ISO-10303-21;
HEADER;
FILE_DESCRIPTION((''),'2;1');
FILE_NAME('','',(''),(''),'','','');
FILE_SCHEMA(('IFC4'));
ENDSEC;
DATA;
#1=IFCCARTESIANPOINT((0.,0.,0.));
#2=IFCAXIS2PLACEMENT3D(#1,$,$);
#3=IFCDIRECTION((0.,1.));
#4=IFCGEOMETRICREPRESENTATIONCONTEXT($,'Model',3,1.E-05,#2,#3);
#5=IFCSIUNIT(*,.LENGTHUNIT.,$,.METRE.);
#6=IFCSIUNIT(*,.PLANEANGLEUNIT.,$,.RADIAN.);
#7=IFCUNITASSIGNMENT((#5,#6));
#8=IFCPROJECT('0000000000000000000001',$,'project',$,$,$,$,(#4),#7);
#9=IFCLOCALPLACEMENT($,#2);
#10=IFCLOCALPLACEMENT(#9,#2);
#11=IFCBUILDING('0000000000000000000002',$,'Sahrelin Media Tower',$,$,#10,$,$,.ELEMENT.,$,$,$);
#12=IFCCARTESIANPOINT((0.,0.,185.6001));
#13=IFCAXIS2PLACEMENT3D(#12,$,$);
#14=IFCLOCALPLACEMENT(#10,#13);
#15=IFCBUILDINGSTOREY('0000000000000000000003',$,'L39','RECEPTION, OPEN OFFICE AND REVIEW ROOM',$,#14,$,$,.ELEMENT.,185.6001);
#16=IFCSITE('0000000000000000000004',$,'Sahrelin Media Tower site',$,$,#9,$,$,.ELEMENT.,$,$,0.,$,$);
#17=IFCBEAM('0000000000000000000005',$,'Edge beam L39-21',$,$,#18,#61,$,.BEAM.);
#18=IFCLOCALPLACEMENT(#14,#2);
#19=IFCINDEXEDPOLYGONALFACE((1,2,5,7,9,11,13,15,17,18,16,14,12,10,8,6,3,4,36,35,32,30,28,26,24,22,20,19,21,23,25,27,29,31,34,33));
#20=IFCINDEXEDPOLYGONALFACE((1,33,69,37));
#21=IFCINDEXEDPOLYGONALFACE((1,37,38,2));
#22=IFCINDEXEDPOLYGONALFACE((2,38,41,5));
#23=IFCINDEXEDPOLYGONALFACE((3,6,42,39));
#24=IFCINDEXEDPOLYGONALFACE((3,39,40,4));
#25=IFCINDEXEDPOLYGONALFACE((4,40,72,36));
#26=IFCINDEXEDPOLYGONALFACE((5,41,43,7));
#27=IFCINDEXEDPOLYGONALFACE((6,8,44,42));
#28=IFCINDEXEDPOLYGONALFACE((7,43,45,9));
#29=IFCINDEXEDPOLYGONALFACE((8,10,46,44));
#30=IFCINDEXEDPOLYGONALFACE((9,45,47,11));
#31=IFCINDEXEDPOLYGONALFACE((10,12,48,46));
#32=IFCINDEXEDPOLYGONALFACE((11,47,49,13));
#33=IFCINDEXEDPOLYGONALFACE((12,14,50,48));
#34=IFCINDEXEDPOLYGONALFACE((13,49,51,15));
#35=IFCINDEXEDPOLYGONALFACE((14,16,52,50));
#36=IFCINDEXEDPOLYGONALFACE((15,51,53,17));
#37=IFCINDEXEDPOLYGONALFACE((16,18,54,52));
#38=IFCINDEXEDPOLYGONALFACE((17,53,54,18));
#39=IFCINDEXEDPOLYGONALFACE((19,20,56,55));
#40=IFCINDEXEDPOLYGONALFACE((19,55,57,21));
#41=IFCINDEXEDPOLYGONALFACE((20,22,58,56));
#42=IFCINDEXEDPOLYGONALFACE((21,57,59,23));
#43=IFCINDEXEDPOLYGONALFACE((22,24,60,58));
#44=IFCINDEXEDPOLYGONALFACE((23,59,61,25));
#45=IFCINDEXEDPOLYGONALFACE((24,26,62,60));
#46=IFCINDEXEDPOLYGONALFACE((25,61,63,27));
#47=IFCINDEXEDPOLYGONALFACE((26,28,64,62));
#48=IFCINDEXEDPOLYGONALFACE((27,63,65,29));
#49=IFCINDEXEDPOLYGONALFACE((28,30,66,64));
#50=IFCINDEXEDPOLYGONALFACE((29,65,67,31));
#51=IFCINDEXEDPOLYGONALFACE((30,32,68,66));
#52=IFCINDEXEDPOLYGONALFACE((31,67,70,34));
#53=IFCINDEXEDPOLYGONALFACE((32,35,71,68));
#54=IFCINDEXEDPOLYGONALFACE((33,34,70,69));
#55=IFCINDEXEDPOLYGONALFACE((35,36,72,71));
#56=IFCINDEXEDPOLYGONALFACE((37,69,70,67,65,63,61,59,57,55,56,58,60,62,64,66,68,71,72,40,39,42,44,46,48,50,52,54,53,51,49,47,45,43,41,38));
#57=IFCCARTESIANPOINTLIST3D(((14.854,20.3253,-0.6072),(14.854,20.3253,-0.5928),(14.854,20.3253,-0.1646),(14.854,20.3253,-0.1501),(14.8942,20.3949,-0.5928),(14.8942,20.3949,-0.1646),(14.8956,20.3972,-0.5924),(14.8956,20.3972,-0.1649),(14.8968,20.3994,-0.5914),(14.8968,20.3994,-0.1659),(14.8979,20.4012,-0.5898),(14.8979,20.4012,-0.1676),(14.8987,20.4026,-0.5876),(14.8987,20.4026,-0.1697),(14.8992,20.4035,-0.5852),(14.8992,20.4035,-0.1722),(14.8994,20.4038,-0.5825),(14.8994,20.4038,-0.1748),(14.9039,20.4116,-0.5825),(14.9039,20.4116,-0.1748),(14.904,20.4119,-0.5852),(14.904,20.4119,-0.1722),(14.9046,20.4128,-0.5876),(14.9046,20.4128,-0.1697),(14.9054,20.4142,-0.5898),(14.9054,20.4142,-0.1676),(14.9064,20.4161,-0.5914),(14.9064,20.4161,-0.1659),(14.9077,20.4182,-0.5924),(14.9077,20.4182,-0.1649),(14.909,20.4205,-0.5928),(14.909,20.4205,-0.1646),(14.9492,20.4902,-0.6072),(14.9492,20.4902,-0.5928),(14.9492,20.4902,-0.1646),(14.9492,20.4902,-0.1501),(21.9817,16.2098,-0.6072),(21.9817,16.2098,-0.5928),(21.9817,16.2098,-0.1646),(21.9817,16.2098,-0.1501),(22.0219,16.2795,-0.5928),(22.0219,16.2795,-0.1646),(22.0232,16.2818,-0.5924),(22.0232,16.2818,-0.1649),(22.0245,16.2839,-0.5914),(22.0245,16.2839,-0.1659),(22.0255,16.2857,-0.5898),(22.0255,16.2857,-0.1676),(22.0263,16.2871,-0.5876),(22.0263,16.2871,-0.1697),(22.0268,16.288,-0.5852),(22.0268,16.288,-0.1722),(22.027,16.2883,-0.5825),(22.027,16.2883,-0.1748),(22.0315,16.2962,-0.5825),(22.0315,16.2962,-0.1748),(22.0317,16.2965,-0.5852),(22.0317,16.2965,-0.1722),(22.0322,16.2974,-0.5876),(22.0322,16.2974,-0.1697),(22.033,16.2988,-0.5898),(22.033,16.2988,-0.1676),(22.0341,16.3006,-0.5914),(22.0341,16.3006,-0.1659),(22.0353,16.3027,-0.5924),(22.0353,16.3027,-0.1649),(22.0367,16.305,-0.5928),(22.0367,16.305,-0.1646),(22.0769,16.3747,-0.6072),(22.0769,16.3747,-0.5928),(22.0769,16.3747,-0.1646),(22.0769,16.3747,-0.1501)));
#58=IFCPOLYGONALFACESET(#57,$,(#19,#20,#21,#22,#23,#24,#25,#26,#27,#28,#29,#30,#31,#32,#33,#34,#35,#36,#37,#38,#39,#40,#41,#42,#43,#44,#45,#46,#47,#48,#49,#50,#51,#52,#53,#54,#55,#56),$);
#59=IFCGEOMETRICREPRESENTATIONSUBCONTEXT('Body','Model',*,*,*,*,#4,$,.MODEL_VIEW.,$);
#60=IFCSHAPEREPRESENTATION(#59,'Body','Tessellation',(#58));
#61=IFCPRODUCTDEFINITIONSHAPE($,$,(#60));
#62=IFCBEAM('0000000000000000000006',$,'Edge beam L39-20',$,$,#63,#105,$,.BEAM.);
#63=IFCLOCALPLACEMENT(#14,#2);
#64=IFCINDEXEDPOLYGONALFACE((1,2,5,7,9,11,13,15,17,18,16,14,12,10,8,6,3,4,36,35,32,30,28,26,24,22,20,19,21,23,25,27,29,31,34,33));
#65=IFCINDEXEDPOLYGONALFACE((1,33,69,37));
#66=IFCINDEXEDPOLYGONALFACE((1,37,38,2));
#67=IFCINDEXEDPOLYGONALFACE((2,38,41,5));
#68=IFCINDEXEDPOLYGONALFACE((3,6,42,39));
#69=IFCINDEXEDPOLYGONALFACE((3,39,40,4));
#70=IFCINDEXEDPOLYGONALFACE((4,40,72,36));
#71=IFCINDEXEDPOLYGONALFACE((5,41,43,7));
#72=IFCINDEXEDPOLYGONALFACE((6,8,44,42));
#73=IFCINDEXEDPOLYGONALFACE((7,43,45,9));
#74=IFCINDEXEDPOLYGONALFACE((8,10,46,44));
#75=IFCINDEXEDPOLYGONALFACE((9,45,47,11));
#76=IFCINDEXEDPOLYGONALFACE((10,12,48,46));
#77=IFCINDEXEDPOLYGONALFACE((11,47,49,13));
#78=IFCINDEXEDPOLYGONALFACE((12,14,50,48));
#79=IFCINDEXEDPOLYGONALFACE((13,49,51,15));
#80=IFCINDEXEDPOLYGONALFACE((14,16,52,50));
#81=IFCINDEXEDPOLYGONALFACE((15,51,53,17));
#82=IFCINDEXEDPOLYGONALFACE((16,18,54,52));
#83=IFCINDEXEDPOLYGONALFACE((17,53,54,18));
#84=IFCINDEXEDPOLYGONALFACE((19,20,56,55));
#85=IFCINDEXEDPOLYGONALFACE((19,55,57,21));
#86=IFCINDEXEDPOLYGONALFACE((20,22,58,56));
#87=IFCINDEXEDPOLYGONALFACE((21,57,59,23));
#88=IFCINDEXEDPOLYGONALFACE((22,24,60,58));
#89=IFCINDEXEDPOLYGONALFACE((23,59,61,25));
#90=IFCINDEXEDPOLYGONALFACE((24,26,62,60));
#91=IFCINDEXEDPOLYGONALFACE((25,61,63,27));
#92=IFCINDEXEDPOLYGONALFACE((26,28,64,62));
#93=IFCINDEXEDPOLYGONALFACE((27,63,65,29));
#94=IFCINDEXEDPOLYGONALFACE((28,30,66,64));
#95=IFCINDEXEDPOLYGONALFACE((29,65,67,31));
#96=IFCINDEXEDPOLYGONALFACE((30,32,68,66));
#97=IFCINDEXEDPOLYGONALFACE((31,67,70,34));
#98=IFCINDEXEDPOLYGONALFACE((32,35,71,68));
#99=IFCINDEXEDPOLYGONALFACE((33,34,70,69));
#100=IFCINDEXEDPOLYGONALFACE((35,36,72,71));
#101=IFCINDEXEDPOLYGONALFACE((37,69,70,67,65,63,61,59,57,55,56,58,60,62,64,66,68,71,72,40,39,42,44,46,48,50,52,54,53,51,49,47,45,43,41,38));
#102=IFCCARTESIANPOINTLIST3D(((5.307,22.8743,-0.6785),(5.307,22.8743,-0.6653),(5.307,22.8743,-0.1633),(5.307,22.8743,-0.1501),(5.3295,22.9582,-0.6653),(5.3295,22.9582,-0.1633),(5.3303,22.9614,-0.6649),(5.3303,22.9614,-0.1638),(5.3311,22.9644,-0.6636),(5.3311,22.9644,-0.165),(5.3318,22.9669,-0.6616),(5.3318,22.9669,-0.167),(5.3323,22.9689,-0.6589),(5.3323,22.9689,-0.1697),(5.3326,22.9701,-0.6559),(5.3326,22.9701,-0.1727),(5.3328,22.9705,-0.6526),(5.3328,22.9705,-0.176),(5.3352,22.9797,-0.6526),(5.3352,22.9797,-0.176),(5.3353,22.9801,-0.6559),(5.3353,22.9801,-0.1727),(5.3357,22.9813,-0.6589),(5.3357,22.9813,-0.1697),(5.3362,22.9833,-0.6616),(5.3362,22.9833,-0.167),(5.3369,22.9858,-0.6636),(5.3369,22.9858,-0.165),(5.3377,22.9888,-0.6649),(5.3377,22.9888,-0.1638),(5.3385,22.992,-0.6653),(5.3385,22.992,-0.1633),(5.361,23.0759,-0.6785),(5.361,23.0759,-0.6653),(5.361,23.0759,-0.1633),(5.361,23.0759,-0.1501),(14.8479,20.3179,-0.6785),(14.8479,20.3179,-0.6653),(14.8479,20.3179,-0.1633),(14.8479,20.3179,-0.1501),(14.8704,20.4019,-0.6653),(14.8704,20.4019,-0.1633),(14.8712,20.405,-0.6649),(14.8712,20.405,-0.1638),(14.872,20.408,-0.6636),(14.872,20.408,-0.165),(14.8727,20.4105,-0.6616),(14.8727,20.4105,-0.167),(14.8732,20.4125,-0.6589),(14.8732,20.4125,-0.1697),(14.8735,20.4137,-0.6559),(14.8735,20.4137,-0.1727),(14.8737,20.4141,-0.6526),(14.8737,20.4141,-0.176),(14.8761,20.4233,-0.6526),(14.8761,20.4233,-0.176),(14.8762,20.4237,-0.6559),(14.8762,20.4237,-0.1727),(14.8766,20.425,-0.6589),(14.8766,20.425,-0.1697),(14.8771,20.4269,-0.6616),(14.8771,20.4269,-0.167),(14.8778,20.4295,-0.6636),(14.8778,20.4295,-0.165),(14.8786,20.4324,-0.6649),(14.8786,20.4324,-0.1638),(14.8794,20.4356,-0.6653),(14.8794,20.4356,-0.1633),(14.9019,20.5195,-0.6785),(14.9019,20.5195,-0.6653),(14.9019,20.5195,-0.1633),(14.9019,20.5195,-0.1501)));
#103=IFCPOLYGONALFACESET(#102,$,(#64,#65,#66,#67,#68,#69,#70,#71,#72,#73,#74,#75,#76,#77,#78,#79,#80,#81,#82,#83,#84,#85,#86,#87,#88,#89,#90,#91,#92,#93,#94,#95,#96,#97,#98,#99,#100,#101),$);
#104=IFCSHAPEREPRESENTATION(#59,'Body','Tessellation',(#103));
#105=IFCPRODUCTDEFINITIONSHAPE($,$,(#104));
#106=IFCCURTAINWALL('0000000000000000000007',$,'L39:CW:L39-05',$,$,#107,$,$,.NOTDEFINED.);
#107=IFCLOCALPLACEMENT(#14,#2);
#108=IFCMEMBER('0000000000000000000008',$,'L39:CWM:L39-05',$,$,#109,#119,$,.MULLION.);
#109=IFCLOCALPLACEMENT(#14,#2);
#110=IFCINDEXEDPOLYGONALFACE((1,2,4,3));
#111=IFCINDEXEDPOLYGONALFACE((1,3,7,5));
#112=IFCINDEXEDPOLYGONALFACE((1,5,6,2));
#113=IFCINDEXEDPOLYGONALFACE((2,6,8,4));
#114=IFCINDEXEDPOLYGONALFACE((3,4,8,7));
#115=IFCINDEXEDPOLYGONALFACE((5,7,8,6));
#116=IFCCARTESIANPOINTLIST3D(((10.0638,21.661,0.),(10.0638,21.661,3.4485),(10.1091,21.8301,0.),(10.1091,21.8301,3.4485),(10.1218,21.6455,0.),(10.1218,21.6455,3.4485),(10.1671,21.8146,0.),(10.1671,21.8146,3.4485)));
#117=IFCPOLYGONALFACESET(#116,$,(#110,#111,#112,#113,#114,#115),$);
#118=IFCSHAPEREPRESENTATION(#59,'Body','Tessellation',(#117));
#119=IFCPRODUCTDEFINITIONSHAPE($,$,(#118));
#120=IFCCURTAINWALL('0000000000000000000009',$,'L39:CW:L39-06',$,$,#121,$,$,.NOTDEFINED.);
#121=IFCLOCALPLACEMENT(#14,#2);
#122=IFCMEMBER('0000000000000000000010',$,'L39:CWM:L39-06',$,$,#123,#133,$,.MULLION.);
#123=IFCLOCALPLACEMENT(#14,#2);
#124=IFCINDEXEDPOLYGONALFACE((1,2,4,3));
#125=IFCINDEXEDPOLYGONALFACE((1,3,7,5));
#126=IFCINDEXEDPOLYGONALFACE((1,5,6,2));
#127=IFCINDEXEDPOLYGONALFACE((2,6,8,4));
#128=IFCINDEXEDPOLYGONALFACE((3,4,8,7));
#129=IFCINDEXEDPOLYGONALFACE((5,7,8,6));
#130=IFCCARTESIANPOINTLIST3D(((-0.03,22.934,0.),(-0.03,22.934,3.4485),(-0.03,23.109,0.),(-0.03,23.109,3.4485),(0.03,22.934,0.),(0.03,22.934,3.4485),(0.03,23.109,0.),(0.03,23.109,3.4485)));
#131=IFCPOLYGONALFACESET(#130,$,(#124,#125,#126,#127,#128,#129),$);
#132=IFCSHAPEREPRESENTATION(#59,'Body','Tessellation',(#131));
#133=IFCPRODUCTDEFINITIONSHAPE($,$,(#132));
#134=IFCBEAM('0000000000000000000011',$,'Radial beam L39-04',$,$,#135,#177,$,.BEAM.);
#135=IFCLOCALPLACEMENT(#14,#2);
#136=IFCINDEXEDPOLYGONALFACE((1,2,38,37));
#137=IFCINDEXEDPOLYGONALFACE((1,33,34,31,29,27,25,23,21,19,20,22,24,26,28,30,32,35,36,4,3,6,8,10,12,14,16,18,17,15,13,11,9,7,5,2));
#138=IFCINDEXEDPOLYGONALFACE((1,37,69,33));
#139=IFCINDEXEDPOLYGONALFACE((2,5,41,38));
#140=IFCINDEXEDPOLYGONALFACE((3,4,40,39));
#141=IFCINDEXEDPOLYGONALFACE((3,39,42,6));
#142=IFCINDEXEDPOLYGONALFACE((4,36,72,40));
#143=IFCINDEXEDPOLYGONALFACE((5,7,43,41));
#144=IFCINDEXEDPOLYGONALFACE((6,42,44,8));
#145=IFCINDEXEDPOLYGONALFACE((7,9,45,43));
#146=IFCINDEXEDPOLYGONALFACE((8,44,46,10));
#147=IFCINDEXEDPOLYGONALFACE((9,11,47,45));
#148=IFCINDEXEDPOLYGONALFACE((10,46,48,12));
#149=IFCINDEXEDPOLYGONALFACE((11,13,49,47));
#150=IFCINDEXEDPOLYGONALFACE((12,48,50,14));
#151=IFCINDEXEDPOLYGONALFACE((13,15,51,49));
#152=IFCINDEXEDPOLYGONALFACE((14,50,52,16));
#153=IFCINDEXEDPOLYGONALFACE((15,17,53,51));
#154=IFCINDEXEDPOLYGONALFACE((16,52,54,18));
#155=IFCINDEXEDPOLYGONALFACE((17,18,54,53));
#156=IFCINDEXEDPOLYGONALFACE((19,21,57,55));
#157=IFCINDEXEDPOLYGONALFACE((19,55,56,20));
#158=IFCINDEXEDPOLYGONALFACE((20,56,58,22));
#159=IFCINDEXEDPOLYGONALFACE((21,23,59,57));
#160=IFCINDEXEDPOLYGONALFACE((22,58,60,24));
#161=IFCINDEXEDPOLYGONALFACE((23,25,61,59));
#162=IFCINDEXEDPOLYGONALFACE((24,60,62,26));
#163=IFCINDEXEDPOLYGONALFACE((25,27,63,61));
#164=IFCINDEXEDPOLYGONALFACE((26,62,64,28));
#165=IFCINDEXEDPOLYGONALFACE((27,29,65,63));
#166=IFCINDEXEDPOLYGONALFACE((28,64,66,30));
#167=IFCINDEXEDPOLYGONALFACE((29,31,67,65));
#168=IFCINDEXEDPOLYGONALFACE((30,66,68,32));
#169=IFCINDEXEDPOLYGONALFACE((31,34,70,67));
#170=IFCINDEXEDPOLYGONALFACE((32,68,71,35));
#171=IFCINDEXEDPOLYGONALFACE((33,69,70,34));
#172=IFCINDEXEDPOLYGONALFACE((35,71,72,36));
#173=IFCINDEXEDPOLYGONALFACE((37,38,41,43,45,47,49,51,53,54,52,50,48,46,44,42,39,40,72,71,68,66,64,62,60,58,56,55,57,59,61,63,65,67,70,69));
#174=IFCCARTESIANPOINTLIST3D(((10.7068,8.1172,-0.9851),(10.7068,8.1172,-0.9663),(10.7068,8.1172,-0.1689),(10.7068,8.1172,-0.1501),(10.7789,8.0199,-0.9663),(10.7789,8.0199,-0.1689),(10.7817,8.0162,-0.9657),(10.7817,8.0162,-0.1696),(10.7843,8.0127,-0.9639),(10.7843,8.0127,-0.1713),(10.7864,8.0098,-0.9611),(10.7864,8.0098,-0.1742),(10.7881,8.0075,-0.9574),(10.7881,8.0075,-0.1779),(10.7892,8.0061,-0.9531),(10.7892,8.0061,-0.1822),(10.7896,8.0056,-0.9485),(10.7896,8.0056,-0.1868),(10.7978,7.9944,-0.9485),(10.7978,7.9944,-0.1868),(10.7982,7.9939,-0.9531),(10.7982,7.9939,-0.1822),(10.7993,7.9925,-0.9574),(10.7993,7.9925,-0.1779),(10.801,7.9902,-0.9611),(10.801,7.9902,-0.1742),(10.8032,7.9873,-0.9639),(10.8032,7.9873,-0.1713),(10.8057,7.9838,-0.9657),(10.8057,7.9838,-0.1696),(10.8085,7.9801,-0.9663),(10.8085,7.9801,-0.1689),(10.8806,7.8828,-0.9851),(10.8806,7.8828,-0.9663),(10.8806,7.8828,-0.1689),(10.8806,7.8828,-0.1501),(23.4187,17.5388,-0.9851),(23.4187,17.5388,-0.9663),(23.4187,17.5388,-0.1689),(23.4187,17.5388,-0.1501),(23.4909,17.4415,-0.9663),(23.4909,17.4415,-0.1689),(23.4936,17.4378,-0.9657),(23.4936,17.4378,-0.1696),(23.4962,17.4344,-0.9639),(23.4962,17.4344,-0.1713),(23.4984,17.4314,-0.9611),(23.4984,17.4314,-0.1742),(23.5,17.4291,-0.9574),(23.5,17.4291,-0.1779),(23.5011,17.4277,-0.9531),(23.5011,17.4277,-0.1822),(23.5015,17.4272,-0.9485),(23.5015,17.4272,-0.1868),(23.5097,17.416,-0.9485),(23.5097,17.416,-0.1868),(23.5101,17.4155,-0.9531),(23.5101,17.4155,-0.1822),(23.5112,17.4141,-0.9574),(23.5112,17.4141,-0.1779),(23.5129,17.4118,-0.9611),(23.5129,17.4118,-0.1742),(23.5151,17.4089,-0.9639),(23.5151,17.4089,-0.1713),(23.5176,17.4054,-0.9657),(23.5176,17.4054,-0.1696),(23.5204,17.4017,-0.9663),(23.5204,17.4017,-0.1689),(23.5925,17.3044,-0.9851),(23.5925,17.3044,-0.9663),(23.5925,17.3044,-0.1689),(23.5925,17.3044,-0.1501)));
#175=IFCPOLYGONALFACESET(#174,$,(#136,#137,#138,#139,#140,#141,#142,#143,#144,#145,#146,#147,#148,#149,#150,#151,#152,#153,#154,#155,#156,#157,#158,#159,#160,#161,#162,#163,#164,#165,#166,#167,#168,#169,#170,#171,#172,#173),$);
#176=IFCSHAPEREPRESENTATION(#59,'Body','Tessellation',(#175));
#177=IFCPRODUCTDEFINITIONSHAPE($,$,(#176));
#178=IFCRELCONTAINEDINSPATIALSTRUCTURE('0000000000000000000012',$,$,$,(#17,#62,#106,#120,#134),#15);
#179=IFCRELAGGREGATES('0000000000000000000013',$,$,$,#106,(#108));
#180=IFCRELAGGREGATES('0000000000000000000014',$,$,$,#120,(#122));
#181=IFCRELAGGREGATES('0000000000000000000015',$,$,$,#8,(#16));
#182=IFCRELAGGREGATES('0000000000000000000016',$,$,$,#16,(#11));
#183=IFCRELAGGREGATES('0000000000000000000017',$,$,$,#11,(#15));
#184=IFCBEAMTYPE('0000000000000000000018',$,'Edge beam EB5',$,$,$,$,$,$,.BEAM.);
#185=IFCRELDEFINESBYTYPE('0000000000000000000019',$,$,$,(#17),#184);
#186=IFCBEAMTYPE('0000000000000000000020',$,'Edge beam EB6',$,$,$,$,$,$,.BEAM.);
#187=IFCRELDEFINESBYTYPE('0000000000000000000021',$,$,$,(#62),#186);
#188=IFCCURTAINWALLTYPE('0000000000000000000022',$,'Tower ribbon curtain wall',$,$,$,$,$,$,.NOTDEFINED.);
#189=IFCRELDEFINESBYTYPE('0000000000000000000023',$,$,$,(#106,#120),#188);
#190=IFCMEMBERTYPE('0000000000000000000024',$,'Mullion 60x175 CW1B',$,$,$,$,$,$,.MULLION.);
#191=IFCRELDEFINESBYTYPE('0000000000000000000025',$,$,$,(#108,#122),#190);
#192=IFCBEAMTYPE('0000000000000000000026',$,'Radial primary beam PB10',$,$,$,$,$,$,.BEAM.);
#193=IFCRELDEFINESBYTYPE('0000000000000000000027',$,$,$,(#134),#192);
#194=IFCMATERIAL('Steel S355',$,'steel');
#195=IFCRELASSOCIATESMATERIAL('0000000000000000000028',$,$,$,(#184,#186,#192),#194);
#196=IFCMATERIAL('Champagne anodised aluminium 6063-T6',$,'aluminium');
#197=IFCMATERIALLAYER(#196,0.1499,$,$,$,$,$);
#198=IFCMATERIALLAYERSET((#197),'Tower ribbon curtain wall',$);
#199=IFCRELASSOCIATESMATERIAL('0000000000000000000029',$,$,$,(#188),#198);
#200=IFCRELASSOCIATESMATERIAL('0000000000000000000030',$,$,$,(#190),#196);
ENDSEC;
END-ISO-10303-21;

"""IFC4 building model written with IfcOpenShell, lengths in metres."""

from ifc_helpers import new_model, si_unit, direction, frame, origin, origin_2d, place, context, subcontext, project, spatial, rectangle, i_section, extrude, material, layer, layer_set, material_profile, profile_set, type_object, element, aggregate, save


model = new_model("IFC4")

# Units and contexts
model_context = context("Model", 3, precision=1e-05, world=origin(), true_north=direction((0.0, 1.0)))
body_context = subcontext(model_context, "Body", "Model", "MODEL_VIEW")
ifc_project = project(units=[si_unit("LENGTHUNIT", "METRE"), si_unit("PLANEANGLEUNIT", "RADIAN")], contexts=[model_context])

# Site, building, storey
site_placement = place(None, origin())
site = spatial("IfcSite", under=ifc_project, at=site_placement, Name="Sahrelin Media Tower site", CompositionType="ELEMENT", RefElevation=0.0)
building_placement = place(site_placement, origin())
building = spatial("IfcBuilding", under=site, at=building_placement, Name="Sahrelin Media Tower", CompositionType="ELEMENT")
storey_placement = place(building_placement, frame((0.0, 0.0, 185.6001)))
storey = spatial("IfcBuildingStorey", under=building, at=storey_placement, Name="L39", Description="RECEPTION, OPEN OFFICE AND REVIEW ROOM", CompositionType="ELEMENT", Elevation=185.6001)

# Beams
ifc_material_1 = material(Name="Steel S355", Category="steel")
ifc_material_profile_1 = material_profile(ifc_material_1, i_section(OverallWidth=0.1904, OverallDepth=0.457, WebThickness=0.009, FlangeThickness=0.0144, FilletRadius=0.0103, at=origin_2d()), Name="UB 457x191x74")
ifc_profile_set_1 = profile_set([ifc_material_profile_1], Name="Steel S355")
beam_type_1 = type_object("IfcBeamType", Name="Edge beam EB5", PredefinedType="BEAM", material=ifc_profile_set_1)
beam_1_placement = place(storey_placement, frame((14.9016, 20.4077, -0.3787), z_axis=(0.866009, -0.500028, 0.0), x_axis=(0.500028, 0.866009, 0.0)))
element("IfcBeam", 1, at=beam_1_placement, inside=storey, type_object=beam_type_1, Name="Edge beam L39-21", PredefinedType="BEAM", context=body_context, shape_type="SweptSolid", body=[
    extrude(i_section(OverallWidth=0.1904, OverallDepth=0.457, WebThickness=0.009, FlangeThickness=0.0144, FilletRadius=0.0103, at=origin_2d()), origin(), (0.0, 0.0, 1.0), 8.2305),
])
ifc_material_profile_2 = material_profile(ifc_material_1, i_section(OverallWidth=0.2087, OverallDepth=0.5283, WebThickness=0.0095, FlangeThickness=0.0132, FilletRadius=0.0127, at=origin_2d()), Name="UB 533x210x82")
ifc_profile_set_2 = profile_set([ifc_material_profile_2], Name="Steel S355")
beam_type_2 = type_object("IfcBeamType", Name="Edge beam EB6", PredefinedType="BEAM", material=ifc_profile_set_2)
beam_2_placement = place(storey_placement, frame((5.334, 22.9751, -0.4143), z_axis=(0.965929, -0.258809, 0.0), x_axis=(0.258809, 0.965929, 0.0)))
element("IfcBeam", 2, at=beam_2_placement, inside=storey, type_object=beam_type_2, Name="Edge beam L39-20", PredefinedType="BEAM", context=body_context, shape_type="SweptSolid", body=[
    extrude(i_section(OverallWidth=0.2087, OverallDepth=0.5283, WebThickness=0.0095, FlangeThickness=0.0132, FilletRadius=0.0127, at=origin_2d()), origin(), (0.0, 0.0, 1.0), 9.8774),
])

# Curtain walls, members
ifc_material_2 = material(Name="Champagne anodised aluminium 6063-T6", Category="aluminium")
ifc_layer_1 = layer(ifc_material_2, 0.1499)
ifc_layer_set_1 = layer_set([ifc_layer_1], Name="Tower ribbon curtain wall")
curtain_wall_type = type_object("IfcCurtainWallType", Name="Tower ribbon curtain wall", PredefinedType="NOTDEFINED", material=ifc_layer_set_1)
curtain_wall_1_placement = place(storey_placement, frame((10.1433, 21.8418, 0.0), z_axis=(0.0, 0.0, 1.0), x_axis=(1.0, 0.0, 0.0)))
curtain_wall_1 = element("IfcCurtainWall", 3, at=curtain_wall_1_placement, inside=storey, type_object=curtain_wall_type, Name="L39:CW:L39-05", PredefinedType="NOTDEFINED")
ifc_material_profile_3 = material_profile(ifc_material_2, rectangle(XDim=0.0601, YDim=0.175, at=origin_2d()), Name="Mullion 60x175")
ifc_profile_set_3 = profile_set([ifc_material_profile_3], Name="Champagne anodised aluminium 6063-T6")
member_type_1 = type_object("IfcMemberType", Name="Mullion 60x175 CW1B", PredefinedType="MULLION", material=ifc_profile_set_3)
member_1_placement = place(storey_placement, frame((10.1155, 21.7378, 0.0), z_axis=(0.0, 0.0, 1.0), x_axis=(-0.965925, 0.258822, 0.0)))
member_1 = element("IfcMember", 4, at=member_1_placement, type_object=member_type_1, Name="L39:CWM:L39-05", PredefinedType="MULLION", context=body_context, shape_type="SweptSolid", body=[
    extrude(rectangle(XDim=0.0601, YDim=0.175, at=origin_2d()), origin(), (0.0, 0.0, 1.0), 3.4485),
])
placement_1 = place(storey_placement, frame((0.0, 23.1289, 0.0), z_axis=(0.0, 0.0, 1.0), x_axis=(1.0, 0.0, 0.0)))
curtain_wall_2 = element("IfcCurtainWall", 5, at=placement_1, inside=storey, type_object=curtain_wall_type, Name="L39:CW:L39-06", PredefinedType="NOTDEFINED")
member_2_placement = place(storey_placement, frame((0.0, 23.0215, 0.0), z_axis=(0.0, 0.0, 1.0), x_axis=(-1.0, 0.0, 0.0)))
member_2 = element("IfcMember", 6, at=member_2_placement, type_object=member_type_1, Name="L39:CWM:L39-06", PredefinedType="MULLION", context=body_context, shape_type="SweptSolid", body=[
    extrude(rectangle(XDim=0.0601, YDim=0.175, at=origin_2d()), origin(), (0.0, 0.0, 1.0), 3.4485),
])

# Beam
ifc_material_profile_4 = material_profile(ifc_material_1, i_section(OverallWidth=0.2917, OverallDepth=0.835, WebThickness=0.0139, FlangeThickness=0.0188, FilletRadius=0.0178, at=origin_2d()), Name="UB 838x292x176")
ifc_profile_set_4 = profile_set([ifc_material_profile_4], Name="Steel S355")
beam_type_3 = type_object("IfcBeamType", Name="Radial primary beam PB10", PredefinedType="BEAM", material=ifc_profile_set_4)
beam_3_placement = place(storey_placement, frame((10.7937, 8.0, -0.5676), z_axis=(0.803394, 0.595448, 0.0), x_axis=(-0.595448, 0.803394, 0.0)))
element("IfcBeam", 7, at=beam_3_placement, inside=storey, type_object=beam_type_3, Name="Radial beam L39-04", PredefinedType="BEAM", context=body_context, shape_type="SweptSolid", body=[
    extrude(i_section(OverallWidth=0.2917, OverallDepth=0.835, WebThickness=0.0139, FlangeThickness=0.0188, FilletRadius=0.0178, at=origin_2d()), origin(), (0.0, 0.0, 1.0), 15.8228),
])

aggregate(curtain_wall_1, [member_1])
aggregate(curtain_wall_2, [member_2])

save(model, "model.ifc")
